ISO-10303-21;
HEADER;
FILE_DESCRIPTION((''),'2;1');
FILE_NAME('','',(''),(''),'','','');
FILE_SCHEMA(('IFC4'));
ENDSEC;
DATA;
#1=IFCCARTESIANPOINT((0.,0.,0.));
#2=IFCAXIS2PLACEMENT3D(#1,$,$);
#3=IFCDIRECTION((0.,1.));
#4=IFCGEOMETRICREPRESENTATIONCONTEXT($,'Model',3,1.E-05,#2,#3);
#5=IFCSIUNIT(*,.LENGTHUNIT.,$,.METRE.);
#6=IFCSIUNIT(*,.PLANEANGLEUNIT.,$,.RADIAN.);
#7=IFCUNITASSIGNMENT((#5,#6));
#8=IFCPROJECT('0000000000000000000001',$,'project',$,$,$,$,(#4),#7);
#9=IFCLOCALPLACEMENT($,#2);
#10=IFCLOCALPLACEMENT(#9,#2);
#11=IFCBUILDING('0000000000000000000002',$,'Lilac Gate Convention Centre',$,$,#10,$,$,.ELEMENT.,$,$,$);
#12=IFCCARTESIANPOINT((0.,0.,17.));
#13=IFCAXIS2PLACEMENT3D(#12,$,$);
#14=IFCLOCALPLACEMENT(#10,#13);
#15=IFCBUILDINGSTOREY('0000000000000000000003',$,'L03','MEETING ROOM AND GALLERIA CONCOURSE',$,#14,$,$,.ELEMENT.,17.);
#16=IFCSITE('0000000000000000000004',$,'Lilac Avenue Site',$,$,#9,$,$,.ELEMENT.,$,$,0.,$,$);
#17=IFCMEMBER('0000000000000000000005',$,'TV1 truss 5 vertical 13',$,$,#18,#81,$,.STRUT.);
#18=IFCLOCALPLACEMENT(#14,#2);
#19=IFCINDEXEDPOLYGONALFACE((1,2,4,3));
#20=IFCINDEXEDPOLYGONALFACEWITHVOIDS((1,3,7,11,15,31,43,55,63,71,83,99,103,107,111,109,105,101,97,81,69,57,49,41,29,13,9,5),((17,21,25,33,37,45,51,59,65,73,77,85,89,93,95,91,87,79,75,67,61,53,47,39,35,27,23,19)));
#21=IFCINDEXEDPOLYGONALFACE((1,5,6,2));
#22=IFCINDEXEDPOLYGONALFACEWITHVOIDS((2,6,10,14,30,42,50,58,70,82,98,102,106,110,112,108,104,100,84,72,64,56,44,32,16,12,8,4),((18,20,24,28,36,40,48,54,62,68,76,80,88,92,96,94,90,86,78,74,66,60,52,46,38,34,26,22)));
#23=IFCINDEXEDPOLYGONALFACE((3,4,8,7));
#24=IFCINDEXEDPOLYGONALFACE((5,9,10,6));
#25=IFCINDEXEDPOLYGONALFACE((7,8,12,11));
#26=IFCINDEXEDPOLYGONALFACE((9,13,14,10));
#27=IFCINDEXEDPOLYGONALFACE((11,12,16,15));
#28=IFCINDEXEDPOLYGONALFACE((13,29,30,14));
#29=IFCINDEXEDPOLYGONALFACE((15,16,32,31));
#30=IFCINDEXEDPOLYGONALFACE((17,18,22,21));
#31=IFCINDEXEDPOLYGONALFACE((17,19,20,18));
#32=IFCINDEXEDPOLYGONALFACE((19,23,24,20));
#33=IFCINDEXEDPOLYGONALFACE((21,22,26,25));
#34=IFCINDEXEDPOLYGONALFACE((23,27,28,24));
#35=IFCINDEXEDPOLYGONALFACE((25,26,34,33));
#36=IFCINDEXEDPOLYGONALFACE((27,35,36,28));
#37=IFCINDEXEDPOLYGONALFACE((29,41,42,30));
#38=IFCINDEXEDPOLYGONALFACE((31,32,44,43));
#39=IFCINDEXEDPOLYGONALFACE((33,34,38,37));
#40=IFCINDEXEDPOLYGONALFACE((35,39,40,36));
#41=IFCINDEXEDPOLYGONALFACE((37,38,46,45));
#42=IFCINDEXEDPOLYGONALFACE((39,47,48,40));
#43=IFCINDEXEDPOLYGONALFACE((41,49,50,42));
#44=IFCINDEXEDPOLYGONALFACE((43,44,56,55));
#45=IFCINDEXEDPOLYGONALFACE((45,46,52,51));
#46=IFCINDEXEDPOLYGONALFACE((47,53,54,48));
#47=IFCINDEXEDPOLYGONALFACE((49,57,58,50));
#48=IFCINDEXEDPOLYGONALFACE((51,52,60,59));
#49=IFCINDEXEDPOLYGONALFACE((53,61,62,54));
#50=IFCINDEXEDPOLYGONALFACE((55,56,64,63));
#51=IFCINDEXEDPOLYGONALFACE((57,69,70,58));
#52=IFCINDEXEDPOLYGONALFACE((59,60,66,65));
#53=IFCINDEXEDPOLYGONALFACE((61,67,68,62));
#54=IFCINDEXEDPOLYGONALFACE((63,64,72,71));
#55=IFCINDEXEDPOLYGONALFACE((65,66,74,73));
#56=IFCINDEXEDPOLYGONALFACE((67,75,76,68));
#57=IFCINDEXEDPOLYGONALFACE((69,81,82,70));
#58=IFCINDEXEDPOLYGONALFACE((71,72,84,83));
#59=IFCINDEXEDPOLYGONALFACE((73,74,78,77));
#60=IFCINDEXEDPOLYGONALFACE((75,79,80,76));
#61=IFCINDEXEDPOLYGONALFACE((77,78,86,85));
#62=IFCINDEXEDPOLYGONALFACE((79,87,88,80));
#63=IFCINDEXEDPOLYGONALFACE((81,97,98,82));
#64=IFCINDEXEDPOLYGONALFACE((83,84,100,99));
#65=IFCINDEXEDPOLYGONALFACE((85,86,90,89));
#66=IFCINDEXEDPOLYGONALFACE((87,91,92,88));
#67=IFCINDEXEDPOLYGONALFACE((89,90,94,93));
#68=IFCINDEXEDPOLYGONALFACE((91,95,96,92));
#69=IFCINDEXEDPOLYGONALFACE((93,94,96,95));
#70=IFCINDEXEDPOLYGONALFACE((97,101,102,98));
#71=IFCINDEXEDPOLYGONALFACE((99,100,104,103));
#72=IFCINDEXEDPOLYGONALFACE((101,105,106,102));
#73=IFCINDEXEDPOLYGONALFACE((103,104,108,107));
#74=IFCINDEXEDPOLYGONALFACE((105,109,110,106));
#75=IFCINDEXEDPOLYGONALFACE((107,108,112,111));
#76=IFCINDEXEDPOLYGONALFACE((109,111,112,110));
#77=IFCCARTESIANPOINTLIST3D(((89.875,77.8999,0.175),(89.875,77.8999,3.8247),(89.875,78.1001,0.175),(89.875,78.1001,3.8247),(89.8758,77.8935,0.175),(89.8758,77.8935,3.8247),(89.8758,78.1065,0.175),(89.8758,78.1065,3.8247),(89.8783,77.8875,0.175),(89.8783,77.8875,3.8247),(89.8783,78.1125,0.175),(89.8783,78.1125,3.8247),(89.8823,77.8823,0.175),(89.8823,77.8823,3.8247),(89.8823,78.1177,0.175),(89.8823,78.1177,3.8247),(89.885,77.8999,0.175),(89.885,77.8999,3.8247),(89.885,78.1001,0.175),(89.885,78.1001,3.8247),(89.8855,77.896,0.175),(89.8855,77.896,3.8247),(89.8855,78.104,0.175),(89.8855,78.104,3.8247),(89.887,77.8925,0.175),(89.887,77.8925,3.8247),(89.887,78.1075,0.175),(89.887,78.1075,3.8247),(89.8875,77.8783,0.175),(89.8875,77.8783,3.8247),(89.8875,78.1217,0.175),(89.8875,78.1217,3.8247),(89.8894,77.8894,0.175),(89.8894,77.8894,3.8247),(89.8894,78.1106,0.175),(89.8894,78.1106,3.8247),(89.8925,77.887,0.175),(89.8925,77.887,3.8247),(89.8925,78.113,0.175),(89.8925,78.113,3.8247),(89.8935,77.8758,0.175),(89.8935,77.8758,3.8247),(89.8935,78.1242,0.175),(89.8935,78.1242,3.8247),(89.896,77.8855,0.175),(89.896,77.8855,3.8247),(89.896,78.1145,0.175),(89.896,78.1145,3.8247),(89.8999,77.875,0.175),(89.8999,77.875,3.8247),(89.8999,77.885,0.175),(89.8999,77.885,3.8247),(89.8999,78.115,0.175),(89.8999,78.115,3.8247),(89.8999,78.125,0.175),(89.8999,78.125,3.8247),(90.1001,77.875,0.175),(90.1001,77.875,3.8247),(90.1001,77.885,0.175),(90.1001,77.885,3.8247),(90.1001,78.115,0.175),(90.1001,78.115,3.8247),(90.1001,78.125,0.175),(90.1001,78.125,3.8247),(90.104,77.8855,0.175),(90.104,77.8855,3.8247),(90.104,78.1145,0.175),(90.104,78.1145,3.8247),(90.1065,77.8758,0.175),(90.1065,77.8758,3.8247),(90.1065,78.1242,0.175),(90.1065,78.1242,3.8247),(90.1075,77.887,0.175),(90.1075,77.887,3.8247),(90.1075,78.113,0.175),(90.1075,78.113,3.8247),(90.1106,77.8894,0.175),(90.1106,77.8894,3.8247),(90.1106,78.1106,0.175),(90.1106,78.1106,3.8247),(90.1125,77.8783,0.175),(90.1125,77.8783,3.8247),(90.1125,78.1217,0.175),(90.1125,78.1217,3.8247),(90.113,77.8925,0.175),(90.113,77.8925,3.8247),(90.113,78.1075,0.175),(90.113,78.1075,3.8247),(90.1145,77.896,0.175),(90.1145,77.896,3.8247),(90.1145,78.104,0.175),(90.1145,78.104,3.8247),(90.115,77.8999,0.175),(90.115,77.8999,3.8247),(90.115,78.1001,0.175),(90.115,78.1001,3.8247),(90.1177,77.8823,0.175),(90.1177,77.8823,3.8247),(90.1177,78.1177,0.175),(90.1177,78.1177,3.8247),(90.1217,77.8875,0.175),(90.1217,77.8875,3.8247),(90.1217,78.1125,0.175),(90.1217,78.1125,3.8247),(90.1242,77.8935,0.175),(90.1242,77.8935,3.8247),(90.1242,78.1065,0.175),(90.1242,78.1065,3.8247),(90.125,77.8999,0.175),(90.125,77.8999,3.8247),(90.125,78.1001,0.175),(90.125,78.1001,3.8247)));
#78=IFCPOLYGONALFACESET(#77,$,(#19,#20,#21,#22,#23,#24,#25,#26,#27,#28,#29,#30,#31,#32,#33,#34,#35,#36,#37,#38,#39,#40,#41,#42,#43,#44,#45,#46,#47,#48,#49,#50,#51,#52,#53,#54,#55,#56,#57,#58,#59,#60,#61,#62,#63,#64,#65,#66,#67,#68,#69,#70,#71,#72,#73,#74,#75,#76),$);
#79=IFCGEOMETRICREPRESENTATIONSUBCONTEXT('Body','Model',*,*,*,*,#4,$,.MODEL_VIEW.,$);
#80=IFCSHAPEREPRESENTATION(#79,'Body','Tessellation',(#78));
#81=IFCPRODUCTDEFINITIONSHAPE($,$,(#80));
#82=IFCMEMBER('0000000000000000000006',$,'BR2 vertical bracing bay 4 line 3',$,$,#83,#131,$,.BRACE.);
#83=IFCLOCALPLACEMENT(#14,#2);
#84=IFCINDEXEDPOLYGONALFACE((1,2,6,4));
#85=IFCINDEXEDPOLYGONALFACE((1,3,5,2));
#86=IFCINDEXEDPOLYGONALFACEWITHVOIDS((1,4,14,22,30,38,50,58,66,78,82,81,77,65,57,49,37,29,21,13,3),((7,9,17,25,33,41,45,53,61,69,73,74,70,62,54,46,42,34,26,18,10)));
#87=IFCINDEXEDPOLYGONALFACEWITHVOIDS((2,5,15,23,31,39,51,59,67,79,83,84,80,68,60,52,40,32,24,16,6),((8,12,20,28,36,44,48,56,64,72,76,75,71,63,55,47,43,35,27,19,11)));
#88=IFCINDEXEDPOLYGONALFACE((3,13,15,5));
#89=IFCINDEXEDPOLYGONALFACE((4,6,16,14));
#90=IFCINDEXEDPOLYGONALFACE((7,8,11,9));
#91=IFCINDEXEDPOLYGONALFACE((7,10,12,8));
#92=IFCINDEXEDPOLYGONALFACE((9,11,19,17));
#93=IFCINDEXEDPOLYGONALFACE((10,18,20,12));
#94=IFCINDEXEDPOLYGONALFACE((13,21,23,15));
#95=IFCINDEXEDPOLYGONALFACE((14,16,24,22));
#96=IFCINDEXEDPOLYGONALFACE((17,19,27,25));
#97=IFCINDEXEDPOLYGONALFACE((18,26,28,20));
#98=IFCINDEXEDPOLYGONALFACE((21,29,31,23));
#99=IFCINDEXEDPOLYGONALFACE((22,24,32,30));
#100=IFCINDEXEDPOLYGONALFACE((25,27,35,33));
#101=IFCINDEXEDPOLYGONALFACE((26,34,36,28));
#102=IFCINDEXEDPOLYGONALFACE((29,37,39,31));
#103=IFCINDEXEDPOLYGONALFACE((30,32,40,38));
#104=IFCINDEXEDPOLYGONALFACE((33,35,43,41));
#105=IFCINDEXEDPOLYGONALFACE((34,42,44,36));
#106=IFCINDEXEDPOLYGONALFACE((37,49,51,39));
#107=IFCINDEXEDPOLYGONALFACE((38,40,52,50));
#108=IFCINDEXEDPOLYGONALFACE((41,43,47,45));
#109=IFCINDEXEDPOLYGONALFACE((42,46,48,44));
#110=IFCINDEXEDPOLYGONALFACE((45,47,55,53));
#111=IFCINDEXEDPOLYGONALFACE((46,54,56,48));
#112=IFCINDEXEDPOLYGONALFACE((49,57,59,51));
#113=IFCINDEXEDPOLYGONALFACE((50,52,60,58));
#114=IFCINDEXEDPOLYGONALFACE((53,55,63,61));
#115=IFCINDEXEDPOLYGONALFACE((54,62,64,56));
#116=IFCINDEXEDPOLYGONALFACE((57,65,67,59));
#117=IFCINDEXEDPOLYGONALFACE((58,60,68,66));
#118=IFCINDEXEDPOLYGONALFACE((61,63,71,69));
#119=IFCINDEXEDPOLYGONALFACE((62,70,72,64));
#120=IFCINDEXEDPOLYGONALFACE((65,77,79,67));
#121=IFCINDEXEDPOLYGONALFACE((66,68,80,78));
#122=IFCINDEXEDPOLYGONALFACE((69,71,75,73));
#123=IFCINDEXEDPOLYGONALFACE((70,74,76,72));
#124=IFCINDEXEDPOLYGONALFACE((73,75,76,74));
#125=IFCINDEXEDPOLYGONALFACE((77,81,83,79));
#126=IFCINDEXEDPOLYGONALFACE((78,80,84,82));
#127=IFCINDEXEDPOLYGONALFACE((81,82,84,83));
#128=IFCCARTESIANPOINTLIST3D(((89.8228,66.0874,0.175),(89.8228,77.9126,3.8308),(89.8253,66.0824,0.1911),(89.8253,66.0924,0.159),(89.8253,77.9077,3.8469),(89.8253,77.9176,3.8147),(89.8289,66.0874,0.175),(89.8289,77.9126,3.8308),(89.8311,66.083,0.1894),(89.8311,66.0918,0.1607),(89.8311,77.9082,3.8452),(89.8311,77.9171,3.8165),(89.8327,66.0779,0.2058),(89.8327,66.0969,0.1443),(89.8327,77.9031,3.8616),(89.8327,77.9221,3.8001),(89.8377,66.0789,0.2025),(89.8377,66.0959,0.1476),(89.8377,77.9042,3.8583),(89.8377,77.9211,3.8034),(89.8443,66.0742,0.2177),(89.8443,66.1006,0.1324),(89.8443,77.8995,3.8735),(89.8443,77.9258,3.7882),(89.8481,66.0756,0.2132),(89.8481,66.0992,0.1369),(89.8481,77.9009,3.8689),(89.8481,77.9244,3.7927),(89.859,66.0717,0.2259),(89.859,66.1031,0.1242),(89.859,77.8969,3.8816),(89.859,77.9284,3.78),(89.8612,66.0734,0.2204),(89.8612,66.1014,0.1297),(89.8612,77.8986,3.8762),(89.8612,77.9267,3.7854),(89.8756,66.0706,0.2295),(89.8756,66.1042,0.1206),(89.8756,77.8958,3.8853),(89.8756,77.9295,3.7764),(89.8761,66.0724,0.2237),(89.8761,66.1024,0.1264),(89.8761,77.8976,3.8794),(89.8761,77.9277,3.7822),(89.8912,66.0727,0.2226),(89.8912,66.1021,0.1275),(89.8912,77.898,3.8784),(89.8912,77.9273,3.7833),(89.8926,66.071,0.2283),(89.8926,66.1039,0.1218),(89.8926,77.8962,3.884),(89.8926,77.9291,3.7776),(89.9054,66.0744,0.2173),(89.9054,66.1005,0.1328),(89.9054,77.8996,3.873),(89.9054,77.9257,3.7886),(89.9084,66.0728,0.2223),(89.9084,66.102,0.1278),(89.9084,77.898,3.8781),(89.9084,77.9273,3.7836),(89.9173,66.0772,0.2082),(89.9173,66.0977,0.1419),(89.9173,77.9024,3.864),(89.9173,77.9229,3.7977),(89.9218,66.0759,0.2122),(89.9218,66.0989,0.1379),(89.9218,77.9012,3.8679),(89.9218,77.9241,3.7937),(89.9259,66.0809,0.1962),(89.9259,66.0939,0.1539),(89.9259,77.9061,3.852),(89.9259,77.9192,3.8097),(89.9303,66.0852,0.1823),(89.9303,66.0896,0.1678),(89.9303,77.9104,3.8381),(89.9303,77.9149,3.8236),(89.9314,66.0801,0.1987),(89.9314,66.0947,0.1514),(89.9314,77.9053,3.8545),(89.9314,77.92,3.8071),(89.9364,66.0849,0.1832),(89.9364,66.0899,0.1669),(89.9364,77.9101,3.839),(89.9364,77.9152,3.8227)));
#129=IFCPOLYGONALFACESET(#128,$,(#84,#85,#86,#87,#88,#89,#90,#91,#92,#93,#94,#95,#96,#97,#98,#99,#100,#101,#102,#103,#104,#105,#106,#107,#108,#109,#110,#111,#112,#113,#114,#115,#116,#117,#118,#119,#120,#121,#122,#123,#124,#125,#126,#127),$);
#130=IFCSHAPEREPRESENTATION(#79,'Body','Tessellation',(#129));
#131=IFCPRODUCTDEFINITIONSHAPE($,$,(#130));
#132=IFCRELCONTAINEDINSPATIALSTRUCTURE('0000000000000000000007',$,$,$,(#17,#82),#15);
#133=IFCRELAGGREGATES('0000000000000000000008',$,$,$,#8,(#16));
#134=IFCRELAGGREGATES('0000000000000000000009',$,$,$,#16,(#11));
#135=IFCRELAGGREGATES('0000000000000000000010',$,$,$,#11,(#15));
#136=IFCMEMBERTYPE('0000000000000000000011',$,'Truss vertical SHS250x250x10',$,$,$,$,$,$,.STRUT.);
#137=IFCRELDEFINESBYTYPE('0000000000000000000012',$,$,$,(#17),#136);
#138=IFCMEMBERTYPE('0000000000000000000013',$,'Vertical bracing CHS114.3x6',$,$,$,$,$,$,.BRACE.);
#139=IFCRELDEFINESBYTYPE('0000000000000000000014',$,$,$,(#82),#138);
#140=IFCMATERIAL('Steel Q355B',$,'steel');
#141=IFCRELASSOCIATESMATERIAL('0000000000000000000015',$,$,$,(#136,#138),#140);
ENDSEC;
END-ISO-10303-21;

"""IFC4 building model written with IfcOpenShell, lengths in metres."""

from ifc_helpers import new_model, si_unit, direction, frame, origin, origin_2d, place, context, subcontext, project, spatial, hollow_rectangle, hollow_circle, extrude, material, material_profile, profile_set, type_object, element, save


model = new_model("IFC4")

# Units and contexts
model_context = context("Model", 3, precision=1e-05, world=origin(), true_north=direction((0.0, 1.0)))
body_context = subcontext(model_context, "Body", "Model", "MODEL_VIEW")
ifc_project = project(units=[si_unit("LENGTHUNIT", "METRE"), si_unit("PLANEANGLEUNIT", "RADIAN")], contexts=[model_context])

# Site, building, storey
site_placement = place(None, origin())
site = spatial("IfcSite", under=ifc_project, at=site_placement, Name="Lilac Avenue Site", CompositionType="ELEMENT", RefElevation=0.0)
building_placement = place(site_placement, origin())
building = spatial("IfcBuilding", under=site, at=building_placement, Name="Lilac Gate Convention Centre", CompositionType="ELEMENT")
storey_placement = place(building_placement, frame((0.0, 0.0, 17.0)))
storey = spatial("IfcBuildingStorey", under=building, at=storey_placement, Name="L03", Description="MEETING ROOM AND GALLERIA CONCOURSE", CompositionType="ELEMENT", Elevation=17.0)

# Members
ifc_material = material(Name="Steel Q355B", Category="steel")
ifc_material_profile_1 = material_profile(ifc_material, hollow_rectangle(XDim=0.25, YDim=0.25, WallThickness=0.01, InnerFilletRadius=0.0149, OuterFilletRadius=0.0249, at=origin_2d()), Name="SHS250x250x10")
ifc_profile_set_1 = profile_set([ifc_material_profile_1], Name="Steel Q355B")
member_type_1 = type_object("IfcMemberType", Name="Truss vertical SHS250x250x10", PredefinedType="STRUT", material=ifc_profile_set_1)
for number, where, z_axis, x_axis, name in (
    (1, (90.0, 78.0, 0.175), (0.0, 0.0, 1.0), (1.0, 0.0, 0.0), "TV1 truss 5 vertical 13"),
):
    element("IfcMember", number, at=place(storey_placement, frame(where, z_axis=z_axis, x_axis=x_axis)), inside=storey, type_object=member_type_1, Name=name, PredefinedType="STRUT", context=body_context, shape_type="SweptSolid", body=[
        extrude(hollow_rectangle(XDim=0.25, YDim=0.25, WallThickness=0.01, InnerFilletRadius=0.0149, OuterFilletRadius=0.0249, at=origin_2d()), origin(), (0.0, 0.0, 1.0), 3.6497),
    ])
ifc_material_profile_2 = material_profile(ifc_material, hollow_circle(Radius=0.0571, WallThickness=0.0061, at=origin_2d()), Name="CHS114.3x6")
ifc_profile_set_2 = profile_set([ifc_material_profile_2], Name="Steel Q355B")
member_type_2 = type_object("IfcMemberType", Name="Vertical bracing CHS114.3x6", PredefinedType="BRACE", material=ifc_profile_set_2)
member_1_placement = place(storey_placement, frame((89.8799, 66.0874, 0.175), z_axis=(0.0, 0.955387, 0.295358), x_axis=(-1.0, 0.0, 0.0)))
element("IfcMember", 2, at=member_1_placement, inside=storey, type_object=member_type_2, Name="BR2 vertical bracing bay 4 line 3", PredefinedType="BRACE", context=body_context, shape_type="SweptSolid", body=[
    extrude(hollow_circle(Radius=0.0571, WallThickness=0.0061, at=origin_2d()), origin(), (0.0, 0.0, 1.0), 12.3774),
])

save(model, "model.ifc")
